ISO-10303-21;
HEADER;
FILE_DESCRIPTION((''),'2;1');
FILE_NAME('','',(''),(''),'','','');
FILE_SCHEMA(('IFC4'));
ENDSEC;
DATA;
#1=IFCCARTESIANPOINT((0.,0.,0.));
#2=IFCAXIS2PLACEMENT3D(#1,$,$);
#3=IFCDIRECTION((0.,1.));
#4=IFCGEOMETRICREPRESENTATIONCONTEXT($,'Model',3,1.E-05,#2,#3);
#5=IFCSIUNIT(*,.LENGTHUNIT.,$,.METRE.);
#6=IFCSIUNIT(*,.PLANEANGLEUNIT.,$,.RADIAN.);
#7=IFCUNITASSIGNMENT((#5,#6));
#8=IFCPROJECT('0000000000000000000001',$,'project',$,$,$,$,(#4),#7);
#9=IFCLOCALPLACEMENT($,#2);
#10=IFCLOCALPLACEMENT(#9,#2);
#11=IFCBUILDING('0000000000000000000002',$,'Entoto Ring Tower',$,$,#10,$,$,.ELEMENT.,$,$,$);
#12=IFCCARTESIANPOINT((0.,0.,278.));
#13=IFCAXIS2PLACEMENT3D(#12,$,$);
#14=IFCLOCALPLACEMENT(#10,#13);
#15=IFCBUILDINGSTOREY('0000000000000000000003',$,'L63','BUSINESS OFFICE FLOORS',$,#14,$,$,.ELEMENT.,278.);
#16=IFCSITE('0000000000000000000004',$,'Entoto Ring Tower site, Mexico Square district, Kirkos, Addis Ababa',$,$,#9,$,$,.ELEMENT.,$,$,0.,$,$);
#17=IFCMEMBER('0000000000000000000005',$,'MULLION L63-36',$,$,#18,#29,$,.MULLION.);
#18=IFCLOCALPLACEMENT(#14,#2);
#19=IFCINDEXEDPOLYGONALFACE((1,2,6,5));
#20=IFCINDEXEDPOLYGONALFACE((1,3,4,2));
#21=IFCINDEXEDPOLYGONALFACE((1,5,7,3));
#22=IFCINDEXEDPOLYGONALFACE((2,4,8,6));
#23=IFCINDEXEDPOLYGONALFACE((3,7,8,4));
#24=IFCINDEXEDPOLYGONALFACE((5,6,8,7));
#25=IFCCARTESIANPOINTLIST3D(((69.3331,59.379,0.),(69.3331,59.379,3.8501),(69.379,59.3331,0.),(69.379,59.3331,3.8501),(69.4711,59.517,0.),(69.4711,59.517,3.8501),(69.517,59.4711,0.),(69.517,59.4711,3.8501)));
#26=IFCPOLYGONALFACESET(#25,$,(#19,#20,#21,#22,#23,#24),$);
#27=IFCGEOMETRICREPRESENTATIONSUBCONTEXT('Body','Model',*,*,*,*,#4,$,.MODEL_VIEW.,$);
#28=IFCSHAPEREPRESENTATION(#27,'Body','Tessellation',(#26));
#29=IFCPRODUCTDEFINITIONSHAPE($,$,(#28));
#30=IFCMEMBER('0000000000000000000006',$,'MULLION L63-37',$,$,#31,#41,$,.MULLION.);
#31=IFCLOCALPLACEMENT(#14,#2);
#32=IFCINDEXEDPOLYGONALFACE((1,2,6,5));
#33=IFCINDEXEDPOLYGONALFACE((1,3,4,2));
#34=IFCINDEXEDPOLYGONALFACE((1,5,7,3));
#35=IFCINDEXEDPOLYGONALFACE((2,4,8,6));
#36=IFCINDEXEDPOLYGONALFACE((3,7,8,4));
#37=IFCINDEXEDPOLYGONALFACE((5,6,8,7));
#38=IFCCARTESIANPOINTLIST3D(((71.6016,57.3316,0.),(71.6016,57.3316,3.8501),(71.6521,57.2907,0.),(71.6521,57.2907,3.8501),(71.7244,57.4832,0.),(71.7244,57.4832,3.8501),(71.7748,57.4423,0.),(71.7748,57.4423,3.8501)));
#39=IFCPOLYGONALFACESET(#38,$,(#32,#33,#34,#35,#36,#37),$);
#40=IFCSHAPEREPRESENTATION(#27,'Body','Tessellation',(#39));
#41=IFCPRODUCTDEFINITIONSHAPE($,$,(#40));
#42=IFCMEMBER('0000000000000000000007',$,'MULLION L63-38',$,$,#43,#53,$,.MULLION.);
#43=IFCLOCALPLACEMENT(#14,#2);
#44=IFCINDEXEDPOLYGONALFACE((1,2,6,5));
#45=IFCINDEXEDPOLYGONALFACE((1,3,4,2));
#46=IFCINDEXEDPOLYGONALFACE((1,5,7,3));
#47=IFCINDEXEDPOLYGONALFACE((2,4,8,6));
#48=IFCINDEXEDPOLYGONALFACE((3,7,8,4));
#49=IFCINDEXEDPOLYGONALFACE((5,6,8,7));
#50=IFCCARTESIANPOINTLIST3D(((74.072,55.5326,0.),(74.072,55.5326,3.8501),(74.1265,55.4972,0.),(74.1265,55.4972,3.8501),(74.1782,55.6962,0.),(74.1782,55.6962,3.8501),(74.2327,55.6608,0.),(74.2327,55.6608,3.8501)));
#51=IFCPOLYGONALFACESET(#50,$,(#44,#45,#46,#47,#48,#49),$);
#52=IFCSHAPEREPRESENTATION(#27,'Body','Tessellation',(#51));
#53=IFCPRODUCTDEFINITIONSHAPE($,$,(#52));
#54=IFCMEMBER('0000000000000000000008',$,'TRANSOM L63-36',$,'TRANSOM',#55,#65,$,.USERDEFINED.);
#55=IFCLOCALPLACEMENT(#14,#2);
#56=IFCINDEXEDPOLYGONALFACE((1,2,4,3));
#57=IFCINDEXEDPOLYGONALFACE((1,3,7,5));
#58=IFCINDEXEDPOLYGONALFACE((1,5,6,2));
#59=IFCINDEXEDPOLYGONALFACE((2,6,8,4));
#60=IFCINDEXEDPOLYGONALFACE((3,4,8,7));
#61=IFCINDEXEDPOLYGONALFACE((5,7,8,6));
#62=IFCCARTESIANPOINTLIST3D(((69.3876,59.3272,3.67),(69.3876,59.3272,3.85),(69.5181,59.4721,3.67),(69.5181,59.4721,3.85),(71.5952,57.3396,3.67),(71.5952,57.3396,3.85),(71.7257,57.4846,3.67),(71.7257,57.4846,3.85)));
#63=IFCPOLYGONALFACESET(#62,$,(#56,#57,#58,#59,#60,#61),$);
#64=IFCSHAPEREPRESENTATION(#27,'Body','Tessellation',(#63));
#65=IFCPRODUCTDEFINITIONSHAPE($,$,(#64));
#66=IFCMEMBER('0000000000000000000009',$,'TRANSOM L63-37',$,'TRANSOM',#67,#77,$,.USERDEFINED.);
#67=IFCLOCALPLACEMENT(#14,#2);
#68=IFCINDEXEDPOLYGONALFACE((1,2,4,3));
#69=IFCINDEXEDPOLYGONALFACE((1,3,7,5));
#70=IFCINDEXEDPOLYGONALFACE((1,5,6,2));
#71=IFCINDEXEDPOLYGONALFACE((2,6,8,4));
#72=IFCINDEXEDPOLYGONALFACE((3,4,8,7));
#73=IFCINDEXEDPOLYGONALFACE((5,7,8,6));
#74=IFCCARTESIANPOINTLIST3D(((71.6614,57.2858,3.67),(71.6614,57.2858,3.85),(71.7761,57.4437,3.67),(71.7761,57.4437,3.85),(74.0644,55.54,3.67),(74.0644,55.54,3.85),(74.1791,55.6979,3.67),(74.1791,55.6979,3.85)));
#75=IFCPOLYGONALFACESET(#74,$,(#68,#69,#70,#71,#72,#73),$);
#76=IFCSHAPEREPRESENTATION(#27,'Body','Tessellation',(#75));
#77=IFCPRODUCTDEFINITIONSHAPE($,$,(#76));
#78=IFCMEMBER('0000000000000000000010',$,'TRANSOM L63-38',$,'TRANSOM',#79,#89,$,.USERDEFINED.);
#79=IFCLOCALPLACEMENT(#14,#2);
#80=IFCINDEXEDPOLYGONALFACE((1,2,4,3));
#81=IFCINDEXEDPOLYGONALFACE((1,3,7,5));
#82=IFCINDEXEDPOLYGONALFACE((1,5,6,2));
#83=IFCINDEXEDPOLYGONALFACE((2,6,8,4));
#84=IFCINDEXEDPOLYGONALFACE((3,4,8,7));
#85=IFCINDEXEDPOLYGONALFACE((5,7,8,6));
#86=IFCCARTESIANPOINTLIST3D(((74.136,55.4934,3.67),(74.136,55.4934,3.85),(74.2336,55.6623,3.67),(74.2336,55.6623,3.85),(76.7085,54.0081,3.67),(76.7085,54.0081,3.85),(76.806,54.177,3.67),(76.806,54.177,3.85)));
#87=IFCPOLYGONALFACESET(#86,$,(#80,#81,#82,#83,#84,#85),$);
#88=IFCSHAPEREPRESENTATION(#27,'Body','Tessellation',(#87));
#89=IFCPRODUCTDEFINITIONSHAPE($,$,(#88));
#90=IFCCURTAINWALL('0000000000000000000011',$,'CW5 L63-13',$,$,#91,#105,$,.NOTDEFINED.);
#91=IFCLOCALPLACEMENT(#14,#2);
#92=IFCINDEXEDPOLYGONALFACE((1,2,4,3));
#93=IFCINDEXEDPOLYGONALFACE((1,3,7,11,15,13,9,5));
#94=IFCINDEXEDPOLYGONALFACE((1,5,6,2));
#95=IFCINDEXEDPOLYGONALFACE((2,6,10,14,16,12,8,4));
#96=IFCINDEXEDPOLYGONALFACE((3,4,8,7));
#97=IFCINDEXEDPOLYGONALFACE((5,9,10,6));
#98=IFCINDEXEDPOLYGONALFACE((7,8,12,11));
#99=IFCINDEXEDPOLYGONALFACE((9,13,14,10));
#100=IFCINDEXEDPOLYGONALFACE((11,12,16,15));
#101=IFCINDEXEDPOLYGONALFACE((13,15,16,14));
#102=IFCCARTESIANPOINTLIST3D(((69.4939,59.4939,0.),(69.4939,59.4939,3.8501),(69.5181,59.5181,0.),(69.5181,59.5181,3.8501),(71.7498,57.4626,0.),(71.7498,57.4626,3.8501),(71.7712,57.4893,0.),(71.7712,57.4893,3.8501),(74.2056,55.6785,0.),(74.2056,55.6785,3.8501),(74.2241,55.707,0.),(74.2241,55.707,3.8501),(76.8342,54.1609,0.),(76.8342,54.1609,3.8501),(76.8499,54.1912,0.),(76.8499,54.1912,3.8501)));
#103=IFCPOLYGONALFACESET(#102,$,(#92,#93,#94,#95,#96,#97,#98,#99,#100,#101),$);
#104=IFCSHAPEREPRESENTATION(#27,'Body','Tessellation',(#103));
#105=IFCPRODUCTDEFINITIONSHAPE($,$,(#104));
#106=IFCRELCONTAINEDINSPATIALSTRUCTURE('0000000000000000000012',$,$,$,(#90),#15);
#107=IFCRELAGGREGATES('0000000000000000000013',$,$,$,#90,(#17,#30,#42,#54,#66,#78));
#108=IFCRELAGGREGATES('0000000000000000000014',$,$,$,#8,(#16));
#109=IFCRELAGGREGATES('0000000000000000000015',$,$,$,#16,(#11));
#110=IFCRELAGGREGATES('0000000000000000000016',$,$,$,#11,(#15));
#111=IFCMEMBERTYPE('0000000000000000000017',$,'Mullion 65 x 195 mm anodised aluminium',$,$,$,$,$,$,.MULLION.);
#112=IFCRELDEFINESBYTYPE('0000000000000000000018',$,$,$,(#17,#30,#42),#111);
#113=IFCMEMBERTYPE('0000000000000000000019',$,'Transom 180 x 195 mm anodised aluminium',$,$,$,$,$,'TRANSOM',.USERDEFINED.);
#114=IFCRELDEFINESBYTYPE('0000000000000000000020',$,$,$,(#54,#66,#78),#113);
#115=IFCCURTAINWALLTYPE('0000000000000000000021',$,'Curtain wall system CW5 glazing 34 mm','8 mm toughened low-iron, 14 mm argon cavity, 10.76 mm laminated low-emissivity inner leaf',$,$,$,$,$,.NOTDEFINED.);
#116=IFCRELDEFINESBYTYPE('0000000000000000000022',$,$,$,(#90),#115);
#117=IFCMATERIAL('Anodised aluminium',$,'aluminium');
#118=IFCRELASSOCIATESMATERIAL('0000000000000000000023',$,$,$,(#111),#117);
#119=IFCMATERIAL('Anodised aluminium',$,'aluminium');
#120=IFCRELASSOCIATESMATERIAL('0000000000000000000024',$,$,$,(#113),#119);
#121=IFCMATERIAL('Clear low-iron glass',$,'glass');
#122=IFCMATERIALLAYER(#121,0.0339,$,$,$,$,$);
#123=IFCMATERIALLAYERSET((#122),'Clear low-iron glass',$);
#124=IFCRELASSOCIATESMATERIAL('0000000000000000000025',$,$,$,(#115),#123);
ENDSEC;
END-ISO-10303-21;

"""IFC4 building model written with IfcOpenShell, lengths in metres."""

from ifc_helpers import new_model, si_unit, direction, frame, origin, origin_2d, place, context, subcontext, project, spatial, polyline, rectangle, outline, extrude, material, layer, layer_set, material_profile, profile_set, type_object, element, aggregate, save


model = new_model("IFC4")

# Units and contexts
model_context = context("Model", 3, precision=1e-05, world=origin(), true_north=direction((0.0, 1.0)))
body_context = subcontext(model_context, "Body", "Model", "MODEL_VIEW")
ifc_project = project(units=[si_unit("LENGTHUNIT", "METRE"), si_unit("PLANEANGLEUNIT", "RADIAN")], contexts=[model_context])

# Members
ifc_material_1 = material(Name="Anodised aluminium", Category="aluminium")
ifc_material_profile_1 = material_profile(ifc_material_1, rectangle(XDim=0.0649, YDim=0.1951, at=origin_2d()), Name="Mullion 65 x 195 mm anodised aluminium")
ifc_profile_set_1 = profile_set([ifc_material_profile_1], Name="Anodised aluminium")
member_type_1 = type_object("IfcMemberType", Name="Mullion 65 x 195 mm anodised aluminium", PredefinedType="MULLION", material=ifc_profile_set_1)
site_placement = place(None, origin())
building_placement = place(site_placement, origin())
storey_placement = place(building_placement, frame((0.0, 0.0, 278.0)))
member_1_placement = place(storey_placement, frame((69.425, 59.425, 0.0), z_axis=(0.0, 0.0, 1.0), x_axis=(0.707107, -0.707107, 0.0)))
member_1 = element("IfcMember", 1, at=member_1_placement, type_object=member_type_1, Name="MULLION L63-36", PredefinedType="MULLION", context=body_context, shape_type="SweptSolid", body=[
    extrude(rectangle(XDim=0.0649, YDim=0.1951, at=origin_2d()), origin(), (0.0, 0.0, 1.0), 3.8501),
])
member_2_placement = place(storey_placement, frame((71.6882, 57.387, 0.0), z_axis=(0.0, 0.0, 1.0), x_axis=(0.777146, -0.62932, 0.0)))
member_2 = element("IfcMember", 2, at=member_2_placement, type_object=member_type_1, Name="MULLION L63-37", PredefinedType="MULLION", context=body_context, shape_type="SweptSolid", body=[
    extrude(rectangle(XDim=0.0649, YDim=0.1951, at=origin_2d()), origin(), (0.0, 0.0, 1.0), 3.8501),
])
member_3_placement = place(storey_placement, frame((74.1523, 55.5967, 0.0), z_axis=(0.0, 0.0, 1.0), x_axis=(0.838671, -0.544639, 0.0)))
member_3 = element("IfcMember", 3, at=member_3_placement, type_object=member_type_1, Name="MULLION L63-38", PredefinedType="MULLION", context=body_context, shape_type="SweptSolid", body=[
    extrude(rectangle(XDim=0.0649, YDim=0.1951, at=origin_2d()), origin(), (0.0, 0.0, 1.0), 3.8501),
])
ifc_material_2 = material(Name="Anodised aluminium", Category="aluminium")
ifc_material_profile_2 = material_profile(ifc_material_2, rectangle(XDim=0.1951, YDim=0.1799, at=origin_2d()), Name="Transom 180 x 195 mm anodised aluminium")
ifc_profile_set_2 = profile_set([ifc_material_profile_2], Name="Anodised aluminium")
member_type_2 = type_object("IfcMemberType", Name="Transom 180 x 195 mm anodised aluminium", ElementType="TRANSOM", PredefinedType="USERDEFINED", material=ifc_profile_set_2)
member_4_placement = place(storey_placement, frame((69.4529, 59.3997, 3.76), z_axis=(0.743163, -0.66911, 0.0), x_axis=(0.66911, 0.743163, 0.0)))
member_4 = element("IfcMember", 4, at=member_4_placement, type_object=member_type_2, Name="TRANSOM L63-36", ObjectType="TRANSOM", PredefinedType="USERDEFINED", context=body_context, shape_type="SweptSolid", body=[
    extrude(rectangle(XDim=0.1951, YDim=0.1799, at=origin_2d()), origin(), (0.0, 0.0, 1.0), 2.9705),
])
member_5_placement = place(storey_placement, frame((71.7188, 57.3647, 3.76), z_axis=(0.809031, -0.587766, 0.0), x_axis=(0.587766, 0.809031, 0.0)))
member_5 = element("IfcMember", 5, at=member_5_placement, type_object=member_type_2, Name="TRANSOM L63-37", ObjectType="TRANSOM", PredefinedType="USERDEFINED", context=body_context, shape_type="SweptSolid", body=[
    extrude(rectangle(XDim=0.1951, YDim=0.1799, at=origin_2d()), origin(), (0.0, 0.0, 1.0), 2.9702),
])
member_6_placement = place(storey_placement, frame((74.1848, 55.5779, 3.76), z_axis=(0.866009, -0.500028, 0.0), x_axis=(0.500028, 0.866009, 0.0)))
member_6 = element("IfcMember", 6, at=member_6_placement, type_object=member_type_2, Name="TRANSOM L63-38", ObjectType="TRANSOM", PredefinedType="USERDEFINED", context=body_context, shape_type="SweptSolid", body=[
    extrude(rectangle(XDim=0.1951, YDim=0.1799, at=origin_2d()), origin(), (0.0, 0.0, 1.0), 2.9705),
])

# Site, building, storey
site = spatial("IfcSite", under=ifc_project, at=site_placement, Name="Entoto Ring Tower site, Mexico Square district, Kirkos, Addis Ababa", CompositionType="ELEMENT", RefElevation=0.0)
building = spatial("IfcBuilding", under=site, at=building_placement, Name="Entoto Ring Tower", CompositionType="ELEMENT")
storey = spatial("IfcBuildingStorey", under=building, at=storey_placement, Name="L63", Description="BUSINESS OFFICE FLOORS", CompositionType="ELEMENT", Elevation=278.0)

# Curtain wall
ifc_material_3 = material(Name="Clear low-iron glass", Category="glass")
ifc_layer = layer(ifc_material_3, 0.0339)
ifc_layer_set = layer_set([ifc_layer], Name="Clear low-iron glass")
curtain_wall_type = type_object("IfcCurtainWallType", Name="Curtain wall system CW5 glazing 34 mm", Description="8 mm toughened low-iron, 14 mm argon cavity, 10.76 mm laminated low-emissivity inner leaf", PredefinedType="NOTDEFINED", material=ifc_layer_set)
curtain_wall_1_placement = place(storey_placement, origin())
curtain_wall_1 = element("IfcCurtainWall", 7, at=curtain_wall_1_placement, inside=storey, type_object=curtain_wall_type, Name="CW5 L63-13", PredefinedType="NOTDEFINED", context=body_context, shape_type="SweptSolid", body=[
    extrude(outline(polyline([(69.4939, 59.4939), (71.7498, 57.4626), (74.2056, 55.6785), (76.8342, 54.1609), (76.8499, 54.1912), (74.2241, 55.707), (71.7712, 57.4893), (69.5181, 59.5181), (69.4939, 59.4939)])), origin(), (0.0, 0.0, 1.0), 3.8501),
])
aggregate(curtain_wall_1, [member_1, member_2, member_3, member_4, member_5, member_6])

save(model, "model.ifc")
